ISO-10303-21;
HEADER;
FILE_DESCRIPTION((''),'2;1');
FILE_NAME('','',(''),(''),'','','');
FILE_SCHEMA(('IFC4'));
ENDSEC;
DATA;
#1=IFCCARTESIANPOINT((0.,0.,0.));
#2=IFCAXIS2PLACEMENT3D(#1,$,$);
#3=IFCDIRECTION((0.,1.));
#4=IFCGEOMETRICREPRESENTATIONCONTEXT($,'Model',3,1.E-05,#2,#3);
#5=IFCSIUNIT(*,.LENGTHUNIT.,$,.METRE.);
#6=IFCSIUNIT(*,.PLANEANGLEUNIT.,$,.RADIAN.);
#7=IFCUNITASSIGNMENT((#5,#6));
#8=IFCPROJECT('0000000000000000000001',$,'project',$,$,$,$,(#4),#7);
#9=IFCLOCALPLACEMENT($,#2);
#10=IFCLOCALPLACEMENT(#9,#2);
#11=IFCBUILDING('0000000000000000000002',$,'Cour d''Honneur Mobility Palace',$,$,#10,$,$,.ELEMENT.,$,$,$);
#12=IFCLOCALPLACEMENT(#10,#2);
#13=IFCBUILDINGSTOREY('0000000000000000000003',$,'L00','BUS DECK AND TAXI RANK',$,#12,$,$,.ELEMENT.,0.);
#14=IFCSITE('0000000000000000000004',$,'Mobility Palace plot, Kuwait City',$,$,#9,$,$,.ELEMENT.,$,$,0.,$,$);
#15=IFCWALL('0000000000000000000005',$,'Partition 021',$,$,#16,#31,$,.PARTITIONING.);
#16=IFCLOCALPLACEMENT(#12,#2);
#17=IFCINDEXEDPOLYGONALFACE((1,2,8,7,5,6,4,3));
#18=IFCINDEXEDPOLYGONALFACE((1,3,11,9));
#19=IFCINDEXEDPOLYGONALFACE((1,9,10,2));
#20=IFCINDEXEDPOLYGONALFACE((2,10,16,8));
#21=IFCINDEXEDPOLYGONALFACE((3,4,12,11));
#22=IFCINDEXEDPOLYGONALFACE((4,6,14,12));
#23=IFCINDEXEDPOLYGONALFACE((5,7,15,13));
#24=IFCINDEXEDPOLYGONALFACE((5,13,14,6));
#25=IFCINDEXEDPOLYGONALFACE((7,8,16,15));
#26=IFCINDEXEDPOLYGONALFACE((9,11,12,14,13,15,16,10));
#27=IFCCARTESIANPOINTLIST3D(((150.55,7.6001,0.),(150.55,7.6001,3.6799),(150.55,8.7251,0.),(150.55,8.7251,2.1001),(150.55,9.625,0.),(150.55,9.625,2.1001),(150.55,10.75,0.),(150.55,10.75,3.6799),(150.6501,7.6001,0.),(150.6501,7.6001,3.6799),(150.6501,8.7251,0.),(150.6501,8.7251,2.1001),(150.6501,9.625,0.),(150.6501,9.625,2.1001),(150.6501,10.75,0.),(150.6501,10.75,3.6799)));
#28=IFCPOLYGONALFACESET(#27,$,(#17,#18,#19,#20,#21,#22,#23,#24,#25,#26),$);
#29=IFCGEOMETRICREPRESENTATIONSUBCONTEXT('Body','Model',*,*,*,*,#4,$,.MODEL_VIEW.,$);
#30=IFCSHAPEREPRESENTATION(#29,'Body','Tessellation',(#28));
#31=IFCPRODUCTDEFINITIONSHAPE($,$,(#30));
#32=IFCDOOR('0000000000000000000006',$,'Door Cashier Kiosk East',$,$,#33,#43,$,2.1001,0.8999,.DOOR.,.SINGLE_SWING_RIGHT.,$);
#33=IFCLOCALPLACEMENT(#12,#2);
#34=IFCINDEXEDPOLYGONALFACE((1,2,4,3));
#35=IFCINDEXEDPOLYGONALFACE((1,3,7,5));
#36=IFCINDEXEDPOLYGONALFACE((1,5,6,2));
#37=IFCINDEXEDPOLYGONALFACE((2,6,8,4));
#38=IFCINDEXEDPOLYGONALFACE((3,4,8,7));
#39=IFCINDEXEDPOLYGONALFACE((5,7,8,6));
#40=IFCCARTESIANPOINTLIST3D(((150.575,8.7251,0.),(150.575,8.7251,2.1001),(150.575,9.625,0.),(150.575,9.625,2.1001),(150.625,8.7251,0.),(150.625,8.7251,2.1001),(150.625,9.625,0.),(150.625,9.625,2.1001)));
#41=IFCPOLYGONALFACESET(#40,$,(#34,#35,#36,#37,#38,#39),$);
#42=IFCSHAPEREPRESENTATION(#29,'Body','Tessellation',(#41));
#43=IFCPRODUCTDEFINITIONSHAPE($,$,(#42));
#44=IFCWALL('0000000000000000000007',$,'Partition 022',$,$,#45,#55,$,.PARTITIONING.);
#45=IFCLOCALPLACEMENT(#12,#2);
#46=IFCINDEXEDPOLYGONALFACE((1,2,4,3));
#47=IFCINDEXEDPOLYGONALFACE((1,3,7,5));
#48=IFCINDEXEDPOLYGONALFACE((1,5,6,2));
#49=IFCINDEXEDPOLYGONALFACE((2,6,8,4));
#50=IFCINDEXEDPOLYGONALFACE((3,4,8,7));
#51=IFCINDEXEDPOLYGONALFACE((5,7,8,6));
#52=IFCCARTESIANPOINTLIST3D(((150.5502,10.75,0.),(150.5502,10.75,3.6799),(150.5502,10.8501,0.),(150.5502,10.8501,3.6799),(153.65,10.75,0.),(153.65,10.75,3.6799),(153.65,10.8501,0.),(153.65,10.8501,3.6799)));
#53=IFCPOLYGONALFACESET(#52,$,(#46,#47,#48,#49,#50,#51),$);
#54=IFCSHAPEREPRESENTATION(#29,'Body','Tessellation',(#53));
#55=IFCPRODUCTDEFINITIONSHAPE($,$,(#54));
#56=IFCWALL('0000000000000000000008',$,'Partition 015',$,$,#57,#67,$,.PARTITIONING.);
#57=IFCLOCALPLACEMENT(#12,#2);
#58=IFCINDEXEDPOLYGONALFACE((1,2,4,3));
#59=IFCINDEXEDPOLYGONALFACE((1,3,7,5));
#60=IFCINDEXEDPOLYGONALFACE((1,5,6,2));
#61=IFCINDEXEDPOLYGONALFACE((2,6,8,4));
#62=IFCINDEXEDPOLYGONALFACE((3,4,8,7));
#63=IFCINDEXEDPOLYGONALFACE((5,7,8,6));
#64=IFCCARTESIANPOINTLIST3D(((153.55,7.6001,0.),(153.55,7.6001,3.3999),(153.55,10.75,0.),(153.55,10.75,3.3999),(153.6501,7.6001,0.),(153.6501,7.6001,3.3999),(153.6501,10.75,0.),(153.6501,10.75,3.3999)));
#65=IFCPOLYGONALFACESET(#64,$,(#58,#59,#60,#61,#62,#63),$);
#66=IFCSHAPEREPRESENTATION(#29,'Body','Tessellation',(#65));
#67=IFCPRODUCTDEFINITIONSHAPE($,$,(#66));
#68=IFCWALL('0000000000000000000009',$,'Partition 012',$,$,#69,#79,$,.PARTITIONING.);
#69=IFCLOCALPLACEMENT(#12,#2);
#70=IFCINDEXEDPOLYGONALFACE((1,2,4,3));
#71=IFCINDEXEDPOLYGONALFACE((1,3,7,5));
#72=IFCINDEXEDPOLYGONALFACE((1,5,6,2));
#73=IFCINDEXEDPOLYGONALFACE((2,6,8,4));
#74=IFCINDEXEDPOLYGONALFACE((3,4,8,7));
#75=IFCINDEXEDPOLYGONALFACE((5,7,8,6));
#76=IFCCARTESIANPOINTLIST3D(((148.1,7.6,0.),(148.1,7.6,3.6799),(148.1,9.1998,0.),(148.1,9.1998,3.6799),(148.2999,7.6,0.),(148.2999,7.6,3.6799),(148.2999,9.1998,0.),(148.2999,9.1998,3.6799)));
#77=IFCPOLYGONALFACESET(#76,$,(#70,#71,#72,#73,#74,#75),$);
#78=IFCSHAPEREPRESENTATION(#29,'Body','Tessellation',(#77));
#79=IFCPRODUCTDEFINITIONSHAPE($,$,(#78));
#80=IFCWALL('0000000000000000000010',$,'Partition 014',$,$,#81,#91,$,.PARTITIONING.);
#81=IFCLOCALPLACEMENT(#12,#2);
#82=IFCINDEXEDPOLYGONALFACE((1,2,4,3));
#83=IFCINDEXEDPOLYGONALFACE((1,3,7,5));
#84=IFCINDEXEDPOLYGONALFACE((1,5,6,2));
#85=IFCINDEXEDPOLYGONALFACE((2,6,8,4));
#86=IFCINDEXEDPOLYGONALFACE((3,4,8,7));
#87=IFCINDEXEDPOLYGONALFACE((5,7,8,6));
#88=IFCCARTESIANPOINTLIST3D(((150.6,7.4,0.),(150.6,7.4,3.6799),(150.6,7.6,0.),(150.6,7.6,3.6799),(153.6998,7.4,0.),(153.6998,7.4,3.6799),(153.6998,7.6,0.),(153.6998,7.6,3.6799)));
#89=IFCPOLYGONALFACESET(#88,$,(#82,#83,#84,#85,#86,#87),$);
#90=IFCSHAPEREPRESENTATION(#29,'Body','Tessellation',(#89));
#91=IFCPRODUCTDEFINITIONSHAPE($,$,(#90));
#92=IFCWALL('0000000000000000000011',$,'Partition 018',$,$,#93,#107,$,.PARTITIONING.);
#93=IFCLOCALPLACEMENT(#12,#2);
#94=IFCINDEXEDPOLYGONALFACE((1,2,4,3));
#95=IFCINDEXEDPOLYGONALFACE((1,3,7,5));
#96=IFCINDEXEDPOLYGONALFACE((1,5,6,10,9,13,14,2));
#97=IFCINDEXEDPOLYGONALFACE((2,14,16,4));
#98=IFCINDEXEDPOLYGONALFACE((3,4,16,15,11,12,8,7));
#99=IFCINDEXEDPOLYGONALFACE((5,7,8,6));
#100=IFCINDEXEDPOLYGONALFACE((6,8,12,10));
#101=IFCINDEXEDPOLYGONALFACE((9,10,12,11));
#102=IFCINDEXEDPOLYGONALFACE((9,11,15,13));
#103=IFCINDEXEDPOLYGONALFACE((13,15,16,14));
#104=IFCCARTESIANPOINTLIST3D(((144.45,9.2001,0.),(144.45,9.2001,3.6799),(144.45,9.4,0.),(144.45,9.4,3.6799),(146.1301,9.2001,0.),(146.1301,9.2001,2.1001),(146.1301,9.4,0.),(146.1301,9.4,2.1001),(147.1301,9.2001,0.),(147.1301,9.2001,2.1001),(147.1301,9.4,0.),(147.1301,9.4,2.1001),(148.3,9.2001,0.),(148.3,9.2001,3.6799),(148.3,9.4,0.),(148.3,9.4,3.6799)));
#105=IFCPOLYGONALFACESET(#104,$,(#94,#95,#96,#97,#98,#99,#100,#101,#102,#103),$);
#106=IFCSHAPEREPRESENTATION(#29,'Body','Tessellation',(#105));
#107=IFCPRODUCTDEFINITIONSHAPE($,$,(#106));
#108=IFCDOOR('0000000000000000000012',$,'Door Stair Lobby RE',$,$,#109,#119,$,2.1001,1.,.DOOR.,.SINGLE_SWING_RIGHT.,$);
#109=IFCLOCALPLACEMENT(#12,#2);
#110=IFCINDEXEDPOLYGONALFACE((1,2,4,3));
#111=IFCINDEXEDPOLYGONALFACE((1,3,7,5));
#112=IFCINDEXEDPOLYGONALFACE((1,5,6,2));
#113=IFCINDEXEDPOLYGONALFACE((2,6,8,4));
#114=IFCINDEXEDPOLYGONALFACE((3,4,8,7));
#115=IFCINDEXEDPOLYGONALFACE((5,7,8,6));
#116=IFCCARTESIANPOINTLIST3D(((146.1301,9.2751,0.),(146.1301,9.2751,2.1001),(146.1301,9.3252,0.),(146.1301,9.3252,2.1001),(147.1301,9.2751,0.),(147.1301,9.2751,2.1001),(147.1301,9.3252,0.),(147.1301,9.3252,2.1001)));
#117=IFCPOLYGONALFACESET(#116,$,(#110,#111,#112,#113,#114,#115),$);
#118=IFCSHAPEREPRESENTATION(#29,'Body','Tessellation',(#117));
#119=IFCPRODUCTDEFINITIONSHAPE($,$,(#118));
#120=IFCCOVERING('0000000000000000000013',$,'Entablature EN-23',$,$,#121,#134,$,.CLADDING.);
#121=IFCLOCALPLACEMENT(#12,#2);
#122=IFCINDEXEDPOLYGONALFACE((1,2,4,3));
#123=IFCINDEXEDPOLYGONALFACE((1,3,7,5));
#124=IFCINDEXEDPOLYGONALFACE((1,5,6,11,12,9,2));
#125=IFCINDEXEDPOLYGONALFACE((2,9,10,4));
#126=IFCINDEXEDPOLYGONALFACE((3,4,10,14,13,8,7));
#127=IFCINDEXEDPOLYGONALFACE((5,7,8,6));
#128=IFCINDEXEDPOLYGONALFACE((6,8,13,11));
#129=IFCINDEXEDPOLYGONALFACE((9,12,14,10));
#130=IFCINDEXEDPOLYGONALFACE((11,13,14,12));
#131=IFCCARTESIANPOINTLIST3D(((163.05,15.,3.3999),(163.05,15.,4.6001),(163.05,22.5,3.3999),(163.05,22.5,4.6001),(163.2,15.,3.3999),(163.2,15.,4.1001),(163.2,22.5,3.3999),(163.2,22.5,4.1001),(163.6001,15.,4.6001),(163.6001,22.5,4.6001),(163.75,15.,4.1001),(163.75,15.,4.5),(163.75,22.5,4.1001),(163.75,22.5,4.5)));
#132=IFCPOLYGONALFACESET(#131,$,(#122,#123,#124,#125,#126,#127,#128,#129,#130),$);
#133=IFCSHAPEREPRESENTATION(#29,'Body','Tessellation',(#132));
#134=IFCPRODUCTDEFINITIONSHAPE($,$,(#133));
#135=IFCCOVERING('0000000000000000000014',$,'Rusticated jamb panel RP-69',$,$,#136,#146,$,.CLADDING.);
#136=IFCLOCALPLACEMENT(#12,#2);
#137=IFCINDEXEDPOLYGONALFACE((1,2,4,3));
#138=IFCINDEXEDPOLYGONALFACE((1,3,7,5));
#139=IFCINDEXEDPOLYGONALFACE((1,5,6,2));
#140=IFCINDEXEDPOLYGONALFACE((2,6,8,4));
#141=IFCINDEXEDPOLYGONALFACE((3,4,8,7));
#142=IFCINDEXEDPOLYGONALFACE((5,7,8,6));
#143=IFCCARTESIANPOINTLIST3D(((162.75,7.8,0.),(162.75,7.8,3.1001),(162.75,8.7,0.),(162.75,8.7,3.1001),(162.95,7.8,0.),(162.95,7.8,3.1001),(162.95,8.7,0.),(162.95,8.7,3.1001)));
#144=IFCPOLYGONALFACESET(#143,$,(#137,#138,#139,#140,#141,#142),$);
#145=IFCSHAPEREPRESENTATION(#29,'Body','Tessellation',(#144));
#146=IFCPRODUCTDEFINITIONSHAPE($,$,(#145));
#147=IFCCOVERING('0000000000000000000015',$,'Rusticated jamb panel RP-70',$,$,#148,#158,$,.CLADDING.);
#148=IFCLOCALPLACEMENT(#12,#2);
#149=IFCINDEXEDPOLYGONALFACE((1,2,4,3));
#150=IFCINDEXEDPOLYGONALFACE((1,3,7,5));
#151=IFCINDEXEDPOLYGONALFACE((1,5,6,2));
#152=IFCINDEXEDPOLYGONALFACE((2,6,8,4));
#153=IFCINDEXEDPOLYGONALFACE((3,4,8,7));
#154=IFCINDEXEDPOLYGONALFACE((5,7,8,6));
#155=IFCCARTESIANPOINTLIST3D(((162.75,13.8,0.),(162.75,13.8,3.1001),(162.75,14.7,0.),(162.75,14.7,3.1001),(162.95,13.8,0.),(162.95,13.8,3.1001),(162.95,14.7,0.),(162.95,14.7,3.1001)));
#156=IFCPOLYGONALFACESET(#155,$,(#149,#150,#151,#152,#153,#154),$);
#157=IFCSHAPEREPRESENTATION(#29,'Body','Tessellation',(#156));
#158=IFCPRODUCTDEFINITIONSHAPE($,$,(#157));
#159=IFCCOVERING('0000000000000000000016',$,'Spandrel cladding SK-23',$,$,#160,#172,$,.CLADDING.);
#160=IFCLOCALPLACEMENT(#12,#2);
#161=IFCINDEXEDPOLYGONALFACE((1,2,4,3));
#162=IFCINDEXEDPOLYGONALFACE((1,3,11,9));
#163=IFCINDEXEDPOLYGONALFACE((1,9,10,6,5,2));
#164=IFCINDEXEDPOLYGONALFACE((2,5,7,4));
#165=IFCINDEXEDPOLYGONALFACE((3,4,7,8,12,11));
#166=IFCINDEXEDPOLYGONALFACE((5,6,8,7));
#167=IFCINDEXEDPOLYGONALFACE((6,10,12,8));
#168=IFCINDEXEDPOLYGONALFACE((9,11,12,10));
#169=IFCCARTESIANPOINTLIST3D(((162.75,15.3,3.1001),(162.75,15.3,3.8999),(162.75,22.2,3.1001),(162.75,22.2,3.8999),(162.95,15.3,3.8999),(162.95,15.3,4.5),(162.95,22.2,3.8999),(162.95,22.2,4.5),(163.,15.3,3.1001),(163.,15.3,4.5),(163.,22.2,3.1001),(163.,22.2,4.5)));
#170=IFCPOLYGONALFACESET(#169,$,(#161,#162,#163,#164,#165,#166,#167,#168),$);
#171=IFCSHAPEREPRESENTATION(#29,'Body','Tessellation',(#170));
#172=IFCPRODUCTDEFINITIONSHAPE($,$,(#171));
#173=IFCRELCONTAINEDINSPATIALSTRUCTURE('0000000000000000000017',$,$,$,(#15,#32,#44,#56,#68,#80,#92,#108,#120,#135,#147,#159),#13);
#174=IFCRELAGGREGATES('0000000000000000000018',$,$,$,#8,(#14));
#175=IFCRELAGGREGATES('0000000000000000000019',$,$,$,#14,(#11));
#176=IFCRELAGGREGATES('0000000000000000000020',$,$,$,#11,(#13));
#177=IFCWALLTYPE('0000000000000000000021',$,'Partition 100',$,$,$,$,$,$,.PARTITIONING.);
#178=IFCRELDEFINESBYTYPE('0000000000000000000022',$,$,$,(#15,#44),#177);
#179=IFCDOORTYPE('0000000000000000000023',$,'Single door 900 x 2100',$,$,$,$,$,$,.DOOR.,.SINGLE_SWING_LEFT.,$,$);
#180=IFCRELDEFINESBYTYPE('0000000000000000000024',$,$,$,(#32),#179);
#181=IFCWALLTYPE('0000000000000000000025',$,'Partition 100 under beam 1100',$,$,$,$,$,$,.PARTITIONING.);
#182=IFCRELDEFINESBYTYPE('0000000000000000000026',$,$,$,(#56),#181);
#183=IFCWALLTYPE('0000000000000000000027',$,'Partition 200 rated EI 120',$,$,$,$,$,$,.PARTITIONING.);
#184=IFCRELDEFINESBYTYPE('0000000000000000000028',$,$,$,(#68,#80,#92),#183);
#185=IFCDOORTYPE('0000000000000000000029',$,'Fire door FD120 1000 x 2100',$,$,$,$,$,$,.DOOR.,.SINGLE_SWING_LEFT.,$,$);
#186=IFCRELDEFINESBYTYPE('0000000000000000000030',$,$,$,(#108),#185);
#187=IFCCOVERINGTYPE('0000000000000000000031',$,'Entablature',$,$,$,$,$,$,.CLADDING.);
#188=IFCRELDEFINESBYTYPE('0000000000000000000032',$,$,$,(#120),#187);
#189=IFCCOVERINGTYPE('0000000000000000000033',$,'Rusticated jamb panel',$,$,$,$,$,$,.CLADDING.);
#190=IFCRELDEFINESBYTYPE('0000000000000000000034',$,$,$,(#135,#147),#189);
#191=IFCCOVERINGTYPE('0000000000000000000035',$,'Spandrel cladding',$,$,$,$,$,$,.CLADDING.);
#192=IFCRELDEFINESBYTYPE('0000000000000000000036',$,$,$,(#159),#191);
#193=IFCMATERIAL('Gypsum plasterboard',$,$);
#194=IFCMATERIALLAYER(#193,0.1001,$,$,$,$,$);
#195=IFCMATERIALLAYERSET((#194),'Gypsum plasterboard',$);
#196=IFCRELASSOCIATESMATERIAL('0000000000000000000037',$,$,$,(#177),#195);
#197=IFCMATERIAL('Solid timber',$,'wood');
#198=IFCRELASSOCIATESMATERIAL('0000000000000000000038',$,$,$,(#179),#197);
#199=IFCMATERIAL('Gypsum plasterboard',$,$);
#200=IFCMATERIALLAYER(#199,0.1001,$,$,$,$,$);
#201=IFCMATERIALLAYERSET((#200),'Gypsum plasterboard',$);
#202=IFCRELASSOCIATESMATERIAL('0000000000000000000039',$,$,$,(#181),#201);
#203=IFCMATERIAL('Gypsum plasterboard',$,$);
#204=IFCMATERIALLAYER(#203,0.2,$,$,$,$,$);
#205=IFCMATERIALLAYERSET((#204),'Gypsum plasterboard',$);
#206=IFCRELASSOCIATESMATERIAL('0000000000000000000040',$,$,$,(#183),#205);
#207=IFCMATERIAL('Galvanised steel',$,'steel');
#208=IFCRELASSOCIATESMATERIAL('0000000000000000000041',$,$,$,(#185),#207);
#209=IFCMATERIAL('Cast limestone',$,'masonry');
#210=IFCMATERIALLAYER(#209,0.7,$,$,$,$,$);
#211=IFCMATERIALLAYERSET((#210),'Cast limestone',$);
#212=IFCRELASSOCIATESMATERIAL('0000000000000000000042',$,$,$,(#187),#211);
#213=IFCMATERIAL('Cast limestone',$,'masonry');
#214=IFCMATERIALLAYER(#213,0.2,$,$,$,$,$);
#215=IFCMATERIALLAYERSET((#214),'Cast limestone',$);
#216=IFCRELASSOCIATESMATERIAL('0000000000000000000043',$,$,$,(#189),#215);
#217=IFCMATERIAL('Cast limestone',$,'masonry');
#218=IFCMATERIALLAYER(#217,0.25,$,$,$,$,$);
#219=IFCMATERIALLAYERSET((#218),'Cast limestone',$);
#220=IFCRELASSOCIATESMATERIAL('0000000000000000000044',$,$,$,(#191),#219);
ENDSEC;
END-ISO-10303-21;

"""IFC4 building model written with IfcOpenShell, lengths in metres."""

from ifc_helpers import new_model, si_unit, direction, frame, frame_2d, origin, place, context, subcontext, project, spatial, polyline, rectangle, outline, extrude, material, layer, layer_set, type_object, element, fill, save


model = new_model("IFC4")

# Units and contexts
model_context = context("Model", 3, precision=1e-05, world=origin(), true_north=direction((0.0, 1.0)))
body_context = subcontext(model_context, "Body", "Model", "MODEL_VIEW")
ifc_project = project(units=[si_unit("LENGTHUNIT", "METRE"), si_unit("PLANEANGLEUNIT", "RADIAN")], contexts=[model_context])

# Site, building, storey
site_placement = place(None, origin())
site = spatial("IfcSite", under=ifc_project, at=site_placement, Name="Mobility Palace plot, Kuwait City", CompositionType="ELEMENT", RefElevation=0.0)
building_placement = place(site_placement, origin())
building = spatial("IfcBuilding", under=site, at=building_placement, Name="Cour d'Honneur Mobility Palace", CompositionType="ELEMENT")
storey_placement = place(building_placement, origin())
storey = spatial("IfcBuildingStorey", under=building, at=storey_placement, Name="L00", Description="BUS DECK AND TAXI RANK", CompositionType="ELEMENT", Elevation=0.0)

# Wall, opening, door
ifc_material_1 = material(Name="Gypsum plasterboard")
ifc_layer_1 = layer(ifc_material_1, 0.1001)
ifc_layer_set_1 = layer_set([ifc_layer_1], Name="Gypsum plasterboard")
wall_type_1 = type_object("IfcWallType", Name="Partition 100", PredefinedType="PARTITIONING", material=ifc_layer_set_1)
wall_1_placement = place(storey_placement, frame((150.6001, 10.75, 0.0), z_axis=(0.0, 0.0, 1.0), x_axis=(0.0, -1.0, 0.0)))
wall_1 = element("IfcWall", 1, at=wall_1_placement, inside=storey, type_object=wall_type_1, Name="Partition 021", PredefinedType="PARTITIONING", context=body_context, shape_type="SweptSolid", body=[
    extrude(rectangle(XDim=3.1499, YDim=0.1001, at=frame_2d((1.575, 0.0))), origin(), (0.0, 0.0, 1.0), 3.6799),
])
opening_1_placement = place(wall_1_placement, frame((1.125, 0.0, 0.0)))
opening_1 = element("IfcOpeningElement", 2, at=opening_1_placement, cuts=wall_1, PredefinedType="OPENING", context=body_context, shape_type="SweptSolid", body=[
    extrude(rectangle(XDim=0.8999, YDim=2.1001, at=frame_2d((0.45, 1.05))), frame((0.0, 0.0601, 0.0), z_axis=(0.0, -1.0, 0.0), x_axis=(1.0, 0.0, 0.0)), (0.0, 0.0, 1.0), 0.1201),
])
ifc_material_2 = material(Name="Solid timber", Category="wood")
door_type_1 = type_object("IfcDoorType", Name="Single door 900 x 2100", OperationType="SINGLE_SWING_LEFT", PredefinedType="DOOR", material=ifc_material_2)
door_1_placement = place(opening_1_placement, origin())
door_1 = element("IfcDoor", 3, at=door_1_placement, inside=storey, type_object=door_type_1, Name="Door Cashier Kiosk East", OperationType="SINGLE_SWING_RIGHT", OverallHeight=2.1001, OverallWidth=0.8999, PredefinedType="DOOR", context=body_context, shape_type="SweptSolid", body=[
    extrude(rectangle(XDim=0.8999, YDim=2.1001, at=frame_2d((0.45, 1.05))), frame((0.0, 0.0249, 0.0), z_axis=(0.0, -1.0, 0.0), x_axis=(1.0, 0.0, 0.0)), (0.0, 0.0, 1.0), 0.05),
])
fill(opening_1, door_1)

# Walls
wall_2_placement = place(storey_placement, frame((153.6499, 10.8, 0.0), z_axis=(0.0, 0.0, 1.0), x_axis=(-1.0, 0.0, 0.0)))
element("IfcWall", 4, at=wall_2_placement, inside=storey, type_object=wall_type_1, Name="Partition 022", PredefinedType="PARTITIONING", context=body_context, shape_type="SweptSolid", body=[
    extrude(rectangle(XDim=3.0999, YDim=0.1001, at=frame_2d((1.5498, 0.0))), origin(), (0.0, 0.0, 1.0), 3.6799),
])
ifc_material_3 = material(Name="Gypsum plasterboard")
ifc_layer_2 = layer(ifc_material_3, 0.1001)
ifc_layer_set_2 = layer_set([ifc_layer_2], Name="Gypsum plasterboard")
wall_type_2 = type_object("IfcWallType", Name="Partition 100 under beam 1100", PredefinedType="PARTITIONING", material=ifc_layer_set_2)
wall_3_placement = place(storey_placement, frame((153.6001, 7.6001, 0.0), z_axis=(0.0, 0.0, 1.0), x_axis=(0.0, 1.0, 0.0)))
element("IfcWall", 5, at=wall_3_placement, inside=storey, type_object=wall_type_2, Name="Partition 015", PredefinedType="PARTITIONING", context=body_context, shape_type="SweptSolid", body=[
    extrude(rectangle(XDim=3.1499, YDim=0.1001, at=frame_2d((1.575, 0.0))), origin(), (0.0, 0.0, 1.0), 3.3999),
])
ifc_material_4 = material(Name="Gypsum plasterboard")
ifc_layer_3 = layer(ifc_material_4, 0.2)
ifc_layer_set_3 = layer_set([ifc_layer_3], Name="Gypsum plasterboard")
wall_type_3 = type_object("IfcWallType", Name="Partition 200 rated EI 120", PredefinedType="PARTITIONING", material=ifc_layer_set_3)
wall_4_placement = place(storey_placement, frame((148.2, 7.6001, 0.0), z_axis=(0.0, 0.0, 1.0), x_axis=(0.0, 1.0, 0.0)))
element("IfcWall", 6, at=wall_4_placement, inside=storey, type_object=wall_type_3, Name="Partition 012", PredefinedType="PARTITIONING", context=body_context, shape_type="SweptSolid", body=[
    extrude(rectangle(XDim=1.5999, YDim=0.2, at=frame_2d((0.7998, 0.0))), origin(), (0.0, 0.0, 1.0), 3.6799),
])
wall_5_placement = place(storey_placement, frame((150.6001, 7.5, 0.0), z_axis=(0.0, 0.0, 1.0), x_axis=(1.0, 0.0, 0.0)))
element("IfcWall", 7, at=wall_5_placement, inside=storey, type_object=wall_type_3, Name="Partition 014", PredefinedType="PARTITIONING", context=body_context, shape_type="SweptSolid", body=[
    extrude(rectangle(XDim=3.0999, YDim=0.2, at=frame_2d((1.5498, 0.0))), origin(), (0.0, 0.0, 1.0), 3.6799),
])

# Wall, opening, door
wall_6_placement = place(storey_placement, frame((148.3, 9.3, 0.0), z_axis=(0.0, 0.0, 1.0), x_axis=(-1.0, 0.0, 0.0)))
wall_6 = element("IfcWall", 8, at=wall_6_placement, inside=storey, type_object=wall_type_3, Name="Partition 018", PredefinedType="PARTITIONING", context=body_context, shape_type="SweptSolid", body=[
    extrude(rectangle(XDim=3.8501, YDim=0.2, at=frame_2d((1.925, 0.0))), origin(), (0.0, 0.0, 1.0), 3.6799),
])
opening_2_placement = place(wall_6_placement, frame((1.1699, 0.0, 0.0)))
opening_2 = element("IfcOpeningElement", 9, at=opening_2_placement, cuts=wall_6, PredefinedType="OPENING", context=body_context, shape_type="SweptSolid", body=[
    extrude(rectangle(XDim=1.0, YDim=2.1001, at=frame_2d((0.5, 1.05))), frame((0.0, 0.1099, 0.0), z_axis=(0.0, -1.0, 0.0), x_axis=(1.0, 0.0, 0.0)), (0.0, 0.0, 1.0), 0.22),
])
ifc_material_5 = material(Name="Galvanised steel", Category="steel")
door_type_2 = type_object("IfcDoorType", Name="Fire door FD120 1000 x 2100", OperationType="SINGLE_SWING_LEFT", PredefinedType="DOOR", material=ifc_material_5)
door_2_placement = place(opening_2_placement, origin())
door_2 = element("IfcDoor", 10, at=door_2_placement, inside=storey, type_object=door_type_2, Name="Door Stair Lobby RE", OperationType="SINGLE_SWING_RIGHT", OverallHeight=2.1001, OverallWidth=1.0, PredefinedType="DOOR", context=body_context, shape_type="SweptSolid", body=[
    extrude(rectangle(XDim=1.0, YDim=2.1001, at=frame_2d((0.5, 1.05))), frame((0.0, 0.0249, 0.0), z_axis=(0.0, -1.0, 0.0), x_axis=(1.0, 0.0, 0.0)), (0.0, 0.0, 1.0), 0.05),
])
fill(opening_2, door_2)

# Coverings
ifc_material_6 = material(Name="Cast limestone", Category="masonry")
ifc_layer_4 = layer(ifc_material_6, 0.7)
ifc_layer_set_4 = layer_set([ifc_layer_4], Name="Cast limestone")
covering_type_1 = type_object("IfcCoveringType", Name="Entablature", PredefinedType="CLADDING", material=ifc_layer_set_4)
covering_1_placement = place(storey_placement, frame((163.05, 15.0, 3.3999), z_axis=(0.0, -1.0, 0.0), x_axis=(1.0, 0.0, 0.0)))
element("IfcCovering", 11, at=covering_1_placement, inside=storey, type_object=covering_type_1, Name="Entablature EN-23", PredefinedType="CLADDING", context=body_context, shape_type="SweptSolid", body=[
    extrude(outline(polyline([(0.0, 0.0), (0.1499, 0.0), (0.1499, 0.7002), (0.7, 0.7002), (0.7, 1.1001), (0.55, 1.2002), (0.0, 1.2002), (0.0, 0.0)])), origin(), (0.0, 0.0, -1.0), 7.5),
])
ifc_material_7 = material(Name="Cast limestone", Category="masonry")
ifc_layer_5 = layer(ifc_material_7, 0.2)
ifc_layer_set_5 = layer_set([ifc_layer_5], Name="Cast limestone")
covering_type_2 = type_object("IfcCoveringType", Name="Rusticated jamb panel", PredefinedType="CLADDING", material=ifc_layer_set_5)
for number, where, z_axis, x_axis, name in (
    (12, (162.95, 7.8, 0.0), (1.0, 0.0, 0.0), (0.0, 1.0, 0.0), "Rusticated jamb panel RP-69"),
    (13, (162.95, 13.8, 0.0), (1.0, 0.0, 0.0), (0.0, 1.0, 0.0), "Rusticated jamb panel RP-70"),
):
    element("IfcCovering", number, at=place(storey_placement, frame(where, z_axis=z_axis, x_axis=x_axis)), inside=storey, type_object=covering_type_2, Name=name, PredefinedType="CLADDING", context=body_context, shape_type="SweptSolid", body=[
        extrude(outline(polyline([(0.0, 0.0), (0.8999, 0.0), (0.8999, 3.1001), (0.0, 3.1001), (0.0, 0.0)])), origin(), (0.0, 0.0, -1.0), 0.2),
    ])
ifc_material_8 = material(Name="Cast limestone", Category="masonry")
ifc_layer_6 = layer(ifc_material_8, 0.25)
ifc_layer_set_6 = layer_set([ifc_layer_6], Name="Cast limestone")
covering_type_3 = type_object("IfcCoveringType", Name="Spandrel cladding", PredefinedType="CLADDING", material=ifc_layer_set_6)
covering_2_placement = place(storey_placement, frame((162.75, 15.3, 3.1001), z_axis=(0.0, -1.0, 0.0), x_axis=(1.0, 0.0, 0.0)))
element("IfcCovering", 14, at=covering_2_placement, inside=storey, type_object=covering_type_3, Name="Spandrel cladding SK-23", PredefinedType="CLADDING", context=body_context, shape_type="SweptSolid", body=[
    extrude(outline(polyline([(0.0, 0.0), (0.25, 0.0), (0.25, 1.3999), (0.2, 1.3999), (0.2, 0.7998), (0.0, 0.7998), (0.0, 0.0)])), origin(), (0.0, 0.0, -1.0), 6.8999),
])

save(model, "model.ifc")
